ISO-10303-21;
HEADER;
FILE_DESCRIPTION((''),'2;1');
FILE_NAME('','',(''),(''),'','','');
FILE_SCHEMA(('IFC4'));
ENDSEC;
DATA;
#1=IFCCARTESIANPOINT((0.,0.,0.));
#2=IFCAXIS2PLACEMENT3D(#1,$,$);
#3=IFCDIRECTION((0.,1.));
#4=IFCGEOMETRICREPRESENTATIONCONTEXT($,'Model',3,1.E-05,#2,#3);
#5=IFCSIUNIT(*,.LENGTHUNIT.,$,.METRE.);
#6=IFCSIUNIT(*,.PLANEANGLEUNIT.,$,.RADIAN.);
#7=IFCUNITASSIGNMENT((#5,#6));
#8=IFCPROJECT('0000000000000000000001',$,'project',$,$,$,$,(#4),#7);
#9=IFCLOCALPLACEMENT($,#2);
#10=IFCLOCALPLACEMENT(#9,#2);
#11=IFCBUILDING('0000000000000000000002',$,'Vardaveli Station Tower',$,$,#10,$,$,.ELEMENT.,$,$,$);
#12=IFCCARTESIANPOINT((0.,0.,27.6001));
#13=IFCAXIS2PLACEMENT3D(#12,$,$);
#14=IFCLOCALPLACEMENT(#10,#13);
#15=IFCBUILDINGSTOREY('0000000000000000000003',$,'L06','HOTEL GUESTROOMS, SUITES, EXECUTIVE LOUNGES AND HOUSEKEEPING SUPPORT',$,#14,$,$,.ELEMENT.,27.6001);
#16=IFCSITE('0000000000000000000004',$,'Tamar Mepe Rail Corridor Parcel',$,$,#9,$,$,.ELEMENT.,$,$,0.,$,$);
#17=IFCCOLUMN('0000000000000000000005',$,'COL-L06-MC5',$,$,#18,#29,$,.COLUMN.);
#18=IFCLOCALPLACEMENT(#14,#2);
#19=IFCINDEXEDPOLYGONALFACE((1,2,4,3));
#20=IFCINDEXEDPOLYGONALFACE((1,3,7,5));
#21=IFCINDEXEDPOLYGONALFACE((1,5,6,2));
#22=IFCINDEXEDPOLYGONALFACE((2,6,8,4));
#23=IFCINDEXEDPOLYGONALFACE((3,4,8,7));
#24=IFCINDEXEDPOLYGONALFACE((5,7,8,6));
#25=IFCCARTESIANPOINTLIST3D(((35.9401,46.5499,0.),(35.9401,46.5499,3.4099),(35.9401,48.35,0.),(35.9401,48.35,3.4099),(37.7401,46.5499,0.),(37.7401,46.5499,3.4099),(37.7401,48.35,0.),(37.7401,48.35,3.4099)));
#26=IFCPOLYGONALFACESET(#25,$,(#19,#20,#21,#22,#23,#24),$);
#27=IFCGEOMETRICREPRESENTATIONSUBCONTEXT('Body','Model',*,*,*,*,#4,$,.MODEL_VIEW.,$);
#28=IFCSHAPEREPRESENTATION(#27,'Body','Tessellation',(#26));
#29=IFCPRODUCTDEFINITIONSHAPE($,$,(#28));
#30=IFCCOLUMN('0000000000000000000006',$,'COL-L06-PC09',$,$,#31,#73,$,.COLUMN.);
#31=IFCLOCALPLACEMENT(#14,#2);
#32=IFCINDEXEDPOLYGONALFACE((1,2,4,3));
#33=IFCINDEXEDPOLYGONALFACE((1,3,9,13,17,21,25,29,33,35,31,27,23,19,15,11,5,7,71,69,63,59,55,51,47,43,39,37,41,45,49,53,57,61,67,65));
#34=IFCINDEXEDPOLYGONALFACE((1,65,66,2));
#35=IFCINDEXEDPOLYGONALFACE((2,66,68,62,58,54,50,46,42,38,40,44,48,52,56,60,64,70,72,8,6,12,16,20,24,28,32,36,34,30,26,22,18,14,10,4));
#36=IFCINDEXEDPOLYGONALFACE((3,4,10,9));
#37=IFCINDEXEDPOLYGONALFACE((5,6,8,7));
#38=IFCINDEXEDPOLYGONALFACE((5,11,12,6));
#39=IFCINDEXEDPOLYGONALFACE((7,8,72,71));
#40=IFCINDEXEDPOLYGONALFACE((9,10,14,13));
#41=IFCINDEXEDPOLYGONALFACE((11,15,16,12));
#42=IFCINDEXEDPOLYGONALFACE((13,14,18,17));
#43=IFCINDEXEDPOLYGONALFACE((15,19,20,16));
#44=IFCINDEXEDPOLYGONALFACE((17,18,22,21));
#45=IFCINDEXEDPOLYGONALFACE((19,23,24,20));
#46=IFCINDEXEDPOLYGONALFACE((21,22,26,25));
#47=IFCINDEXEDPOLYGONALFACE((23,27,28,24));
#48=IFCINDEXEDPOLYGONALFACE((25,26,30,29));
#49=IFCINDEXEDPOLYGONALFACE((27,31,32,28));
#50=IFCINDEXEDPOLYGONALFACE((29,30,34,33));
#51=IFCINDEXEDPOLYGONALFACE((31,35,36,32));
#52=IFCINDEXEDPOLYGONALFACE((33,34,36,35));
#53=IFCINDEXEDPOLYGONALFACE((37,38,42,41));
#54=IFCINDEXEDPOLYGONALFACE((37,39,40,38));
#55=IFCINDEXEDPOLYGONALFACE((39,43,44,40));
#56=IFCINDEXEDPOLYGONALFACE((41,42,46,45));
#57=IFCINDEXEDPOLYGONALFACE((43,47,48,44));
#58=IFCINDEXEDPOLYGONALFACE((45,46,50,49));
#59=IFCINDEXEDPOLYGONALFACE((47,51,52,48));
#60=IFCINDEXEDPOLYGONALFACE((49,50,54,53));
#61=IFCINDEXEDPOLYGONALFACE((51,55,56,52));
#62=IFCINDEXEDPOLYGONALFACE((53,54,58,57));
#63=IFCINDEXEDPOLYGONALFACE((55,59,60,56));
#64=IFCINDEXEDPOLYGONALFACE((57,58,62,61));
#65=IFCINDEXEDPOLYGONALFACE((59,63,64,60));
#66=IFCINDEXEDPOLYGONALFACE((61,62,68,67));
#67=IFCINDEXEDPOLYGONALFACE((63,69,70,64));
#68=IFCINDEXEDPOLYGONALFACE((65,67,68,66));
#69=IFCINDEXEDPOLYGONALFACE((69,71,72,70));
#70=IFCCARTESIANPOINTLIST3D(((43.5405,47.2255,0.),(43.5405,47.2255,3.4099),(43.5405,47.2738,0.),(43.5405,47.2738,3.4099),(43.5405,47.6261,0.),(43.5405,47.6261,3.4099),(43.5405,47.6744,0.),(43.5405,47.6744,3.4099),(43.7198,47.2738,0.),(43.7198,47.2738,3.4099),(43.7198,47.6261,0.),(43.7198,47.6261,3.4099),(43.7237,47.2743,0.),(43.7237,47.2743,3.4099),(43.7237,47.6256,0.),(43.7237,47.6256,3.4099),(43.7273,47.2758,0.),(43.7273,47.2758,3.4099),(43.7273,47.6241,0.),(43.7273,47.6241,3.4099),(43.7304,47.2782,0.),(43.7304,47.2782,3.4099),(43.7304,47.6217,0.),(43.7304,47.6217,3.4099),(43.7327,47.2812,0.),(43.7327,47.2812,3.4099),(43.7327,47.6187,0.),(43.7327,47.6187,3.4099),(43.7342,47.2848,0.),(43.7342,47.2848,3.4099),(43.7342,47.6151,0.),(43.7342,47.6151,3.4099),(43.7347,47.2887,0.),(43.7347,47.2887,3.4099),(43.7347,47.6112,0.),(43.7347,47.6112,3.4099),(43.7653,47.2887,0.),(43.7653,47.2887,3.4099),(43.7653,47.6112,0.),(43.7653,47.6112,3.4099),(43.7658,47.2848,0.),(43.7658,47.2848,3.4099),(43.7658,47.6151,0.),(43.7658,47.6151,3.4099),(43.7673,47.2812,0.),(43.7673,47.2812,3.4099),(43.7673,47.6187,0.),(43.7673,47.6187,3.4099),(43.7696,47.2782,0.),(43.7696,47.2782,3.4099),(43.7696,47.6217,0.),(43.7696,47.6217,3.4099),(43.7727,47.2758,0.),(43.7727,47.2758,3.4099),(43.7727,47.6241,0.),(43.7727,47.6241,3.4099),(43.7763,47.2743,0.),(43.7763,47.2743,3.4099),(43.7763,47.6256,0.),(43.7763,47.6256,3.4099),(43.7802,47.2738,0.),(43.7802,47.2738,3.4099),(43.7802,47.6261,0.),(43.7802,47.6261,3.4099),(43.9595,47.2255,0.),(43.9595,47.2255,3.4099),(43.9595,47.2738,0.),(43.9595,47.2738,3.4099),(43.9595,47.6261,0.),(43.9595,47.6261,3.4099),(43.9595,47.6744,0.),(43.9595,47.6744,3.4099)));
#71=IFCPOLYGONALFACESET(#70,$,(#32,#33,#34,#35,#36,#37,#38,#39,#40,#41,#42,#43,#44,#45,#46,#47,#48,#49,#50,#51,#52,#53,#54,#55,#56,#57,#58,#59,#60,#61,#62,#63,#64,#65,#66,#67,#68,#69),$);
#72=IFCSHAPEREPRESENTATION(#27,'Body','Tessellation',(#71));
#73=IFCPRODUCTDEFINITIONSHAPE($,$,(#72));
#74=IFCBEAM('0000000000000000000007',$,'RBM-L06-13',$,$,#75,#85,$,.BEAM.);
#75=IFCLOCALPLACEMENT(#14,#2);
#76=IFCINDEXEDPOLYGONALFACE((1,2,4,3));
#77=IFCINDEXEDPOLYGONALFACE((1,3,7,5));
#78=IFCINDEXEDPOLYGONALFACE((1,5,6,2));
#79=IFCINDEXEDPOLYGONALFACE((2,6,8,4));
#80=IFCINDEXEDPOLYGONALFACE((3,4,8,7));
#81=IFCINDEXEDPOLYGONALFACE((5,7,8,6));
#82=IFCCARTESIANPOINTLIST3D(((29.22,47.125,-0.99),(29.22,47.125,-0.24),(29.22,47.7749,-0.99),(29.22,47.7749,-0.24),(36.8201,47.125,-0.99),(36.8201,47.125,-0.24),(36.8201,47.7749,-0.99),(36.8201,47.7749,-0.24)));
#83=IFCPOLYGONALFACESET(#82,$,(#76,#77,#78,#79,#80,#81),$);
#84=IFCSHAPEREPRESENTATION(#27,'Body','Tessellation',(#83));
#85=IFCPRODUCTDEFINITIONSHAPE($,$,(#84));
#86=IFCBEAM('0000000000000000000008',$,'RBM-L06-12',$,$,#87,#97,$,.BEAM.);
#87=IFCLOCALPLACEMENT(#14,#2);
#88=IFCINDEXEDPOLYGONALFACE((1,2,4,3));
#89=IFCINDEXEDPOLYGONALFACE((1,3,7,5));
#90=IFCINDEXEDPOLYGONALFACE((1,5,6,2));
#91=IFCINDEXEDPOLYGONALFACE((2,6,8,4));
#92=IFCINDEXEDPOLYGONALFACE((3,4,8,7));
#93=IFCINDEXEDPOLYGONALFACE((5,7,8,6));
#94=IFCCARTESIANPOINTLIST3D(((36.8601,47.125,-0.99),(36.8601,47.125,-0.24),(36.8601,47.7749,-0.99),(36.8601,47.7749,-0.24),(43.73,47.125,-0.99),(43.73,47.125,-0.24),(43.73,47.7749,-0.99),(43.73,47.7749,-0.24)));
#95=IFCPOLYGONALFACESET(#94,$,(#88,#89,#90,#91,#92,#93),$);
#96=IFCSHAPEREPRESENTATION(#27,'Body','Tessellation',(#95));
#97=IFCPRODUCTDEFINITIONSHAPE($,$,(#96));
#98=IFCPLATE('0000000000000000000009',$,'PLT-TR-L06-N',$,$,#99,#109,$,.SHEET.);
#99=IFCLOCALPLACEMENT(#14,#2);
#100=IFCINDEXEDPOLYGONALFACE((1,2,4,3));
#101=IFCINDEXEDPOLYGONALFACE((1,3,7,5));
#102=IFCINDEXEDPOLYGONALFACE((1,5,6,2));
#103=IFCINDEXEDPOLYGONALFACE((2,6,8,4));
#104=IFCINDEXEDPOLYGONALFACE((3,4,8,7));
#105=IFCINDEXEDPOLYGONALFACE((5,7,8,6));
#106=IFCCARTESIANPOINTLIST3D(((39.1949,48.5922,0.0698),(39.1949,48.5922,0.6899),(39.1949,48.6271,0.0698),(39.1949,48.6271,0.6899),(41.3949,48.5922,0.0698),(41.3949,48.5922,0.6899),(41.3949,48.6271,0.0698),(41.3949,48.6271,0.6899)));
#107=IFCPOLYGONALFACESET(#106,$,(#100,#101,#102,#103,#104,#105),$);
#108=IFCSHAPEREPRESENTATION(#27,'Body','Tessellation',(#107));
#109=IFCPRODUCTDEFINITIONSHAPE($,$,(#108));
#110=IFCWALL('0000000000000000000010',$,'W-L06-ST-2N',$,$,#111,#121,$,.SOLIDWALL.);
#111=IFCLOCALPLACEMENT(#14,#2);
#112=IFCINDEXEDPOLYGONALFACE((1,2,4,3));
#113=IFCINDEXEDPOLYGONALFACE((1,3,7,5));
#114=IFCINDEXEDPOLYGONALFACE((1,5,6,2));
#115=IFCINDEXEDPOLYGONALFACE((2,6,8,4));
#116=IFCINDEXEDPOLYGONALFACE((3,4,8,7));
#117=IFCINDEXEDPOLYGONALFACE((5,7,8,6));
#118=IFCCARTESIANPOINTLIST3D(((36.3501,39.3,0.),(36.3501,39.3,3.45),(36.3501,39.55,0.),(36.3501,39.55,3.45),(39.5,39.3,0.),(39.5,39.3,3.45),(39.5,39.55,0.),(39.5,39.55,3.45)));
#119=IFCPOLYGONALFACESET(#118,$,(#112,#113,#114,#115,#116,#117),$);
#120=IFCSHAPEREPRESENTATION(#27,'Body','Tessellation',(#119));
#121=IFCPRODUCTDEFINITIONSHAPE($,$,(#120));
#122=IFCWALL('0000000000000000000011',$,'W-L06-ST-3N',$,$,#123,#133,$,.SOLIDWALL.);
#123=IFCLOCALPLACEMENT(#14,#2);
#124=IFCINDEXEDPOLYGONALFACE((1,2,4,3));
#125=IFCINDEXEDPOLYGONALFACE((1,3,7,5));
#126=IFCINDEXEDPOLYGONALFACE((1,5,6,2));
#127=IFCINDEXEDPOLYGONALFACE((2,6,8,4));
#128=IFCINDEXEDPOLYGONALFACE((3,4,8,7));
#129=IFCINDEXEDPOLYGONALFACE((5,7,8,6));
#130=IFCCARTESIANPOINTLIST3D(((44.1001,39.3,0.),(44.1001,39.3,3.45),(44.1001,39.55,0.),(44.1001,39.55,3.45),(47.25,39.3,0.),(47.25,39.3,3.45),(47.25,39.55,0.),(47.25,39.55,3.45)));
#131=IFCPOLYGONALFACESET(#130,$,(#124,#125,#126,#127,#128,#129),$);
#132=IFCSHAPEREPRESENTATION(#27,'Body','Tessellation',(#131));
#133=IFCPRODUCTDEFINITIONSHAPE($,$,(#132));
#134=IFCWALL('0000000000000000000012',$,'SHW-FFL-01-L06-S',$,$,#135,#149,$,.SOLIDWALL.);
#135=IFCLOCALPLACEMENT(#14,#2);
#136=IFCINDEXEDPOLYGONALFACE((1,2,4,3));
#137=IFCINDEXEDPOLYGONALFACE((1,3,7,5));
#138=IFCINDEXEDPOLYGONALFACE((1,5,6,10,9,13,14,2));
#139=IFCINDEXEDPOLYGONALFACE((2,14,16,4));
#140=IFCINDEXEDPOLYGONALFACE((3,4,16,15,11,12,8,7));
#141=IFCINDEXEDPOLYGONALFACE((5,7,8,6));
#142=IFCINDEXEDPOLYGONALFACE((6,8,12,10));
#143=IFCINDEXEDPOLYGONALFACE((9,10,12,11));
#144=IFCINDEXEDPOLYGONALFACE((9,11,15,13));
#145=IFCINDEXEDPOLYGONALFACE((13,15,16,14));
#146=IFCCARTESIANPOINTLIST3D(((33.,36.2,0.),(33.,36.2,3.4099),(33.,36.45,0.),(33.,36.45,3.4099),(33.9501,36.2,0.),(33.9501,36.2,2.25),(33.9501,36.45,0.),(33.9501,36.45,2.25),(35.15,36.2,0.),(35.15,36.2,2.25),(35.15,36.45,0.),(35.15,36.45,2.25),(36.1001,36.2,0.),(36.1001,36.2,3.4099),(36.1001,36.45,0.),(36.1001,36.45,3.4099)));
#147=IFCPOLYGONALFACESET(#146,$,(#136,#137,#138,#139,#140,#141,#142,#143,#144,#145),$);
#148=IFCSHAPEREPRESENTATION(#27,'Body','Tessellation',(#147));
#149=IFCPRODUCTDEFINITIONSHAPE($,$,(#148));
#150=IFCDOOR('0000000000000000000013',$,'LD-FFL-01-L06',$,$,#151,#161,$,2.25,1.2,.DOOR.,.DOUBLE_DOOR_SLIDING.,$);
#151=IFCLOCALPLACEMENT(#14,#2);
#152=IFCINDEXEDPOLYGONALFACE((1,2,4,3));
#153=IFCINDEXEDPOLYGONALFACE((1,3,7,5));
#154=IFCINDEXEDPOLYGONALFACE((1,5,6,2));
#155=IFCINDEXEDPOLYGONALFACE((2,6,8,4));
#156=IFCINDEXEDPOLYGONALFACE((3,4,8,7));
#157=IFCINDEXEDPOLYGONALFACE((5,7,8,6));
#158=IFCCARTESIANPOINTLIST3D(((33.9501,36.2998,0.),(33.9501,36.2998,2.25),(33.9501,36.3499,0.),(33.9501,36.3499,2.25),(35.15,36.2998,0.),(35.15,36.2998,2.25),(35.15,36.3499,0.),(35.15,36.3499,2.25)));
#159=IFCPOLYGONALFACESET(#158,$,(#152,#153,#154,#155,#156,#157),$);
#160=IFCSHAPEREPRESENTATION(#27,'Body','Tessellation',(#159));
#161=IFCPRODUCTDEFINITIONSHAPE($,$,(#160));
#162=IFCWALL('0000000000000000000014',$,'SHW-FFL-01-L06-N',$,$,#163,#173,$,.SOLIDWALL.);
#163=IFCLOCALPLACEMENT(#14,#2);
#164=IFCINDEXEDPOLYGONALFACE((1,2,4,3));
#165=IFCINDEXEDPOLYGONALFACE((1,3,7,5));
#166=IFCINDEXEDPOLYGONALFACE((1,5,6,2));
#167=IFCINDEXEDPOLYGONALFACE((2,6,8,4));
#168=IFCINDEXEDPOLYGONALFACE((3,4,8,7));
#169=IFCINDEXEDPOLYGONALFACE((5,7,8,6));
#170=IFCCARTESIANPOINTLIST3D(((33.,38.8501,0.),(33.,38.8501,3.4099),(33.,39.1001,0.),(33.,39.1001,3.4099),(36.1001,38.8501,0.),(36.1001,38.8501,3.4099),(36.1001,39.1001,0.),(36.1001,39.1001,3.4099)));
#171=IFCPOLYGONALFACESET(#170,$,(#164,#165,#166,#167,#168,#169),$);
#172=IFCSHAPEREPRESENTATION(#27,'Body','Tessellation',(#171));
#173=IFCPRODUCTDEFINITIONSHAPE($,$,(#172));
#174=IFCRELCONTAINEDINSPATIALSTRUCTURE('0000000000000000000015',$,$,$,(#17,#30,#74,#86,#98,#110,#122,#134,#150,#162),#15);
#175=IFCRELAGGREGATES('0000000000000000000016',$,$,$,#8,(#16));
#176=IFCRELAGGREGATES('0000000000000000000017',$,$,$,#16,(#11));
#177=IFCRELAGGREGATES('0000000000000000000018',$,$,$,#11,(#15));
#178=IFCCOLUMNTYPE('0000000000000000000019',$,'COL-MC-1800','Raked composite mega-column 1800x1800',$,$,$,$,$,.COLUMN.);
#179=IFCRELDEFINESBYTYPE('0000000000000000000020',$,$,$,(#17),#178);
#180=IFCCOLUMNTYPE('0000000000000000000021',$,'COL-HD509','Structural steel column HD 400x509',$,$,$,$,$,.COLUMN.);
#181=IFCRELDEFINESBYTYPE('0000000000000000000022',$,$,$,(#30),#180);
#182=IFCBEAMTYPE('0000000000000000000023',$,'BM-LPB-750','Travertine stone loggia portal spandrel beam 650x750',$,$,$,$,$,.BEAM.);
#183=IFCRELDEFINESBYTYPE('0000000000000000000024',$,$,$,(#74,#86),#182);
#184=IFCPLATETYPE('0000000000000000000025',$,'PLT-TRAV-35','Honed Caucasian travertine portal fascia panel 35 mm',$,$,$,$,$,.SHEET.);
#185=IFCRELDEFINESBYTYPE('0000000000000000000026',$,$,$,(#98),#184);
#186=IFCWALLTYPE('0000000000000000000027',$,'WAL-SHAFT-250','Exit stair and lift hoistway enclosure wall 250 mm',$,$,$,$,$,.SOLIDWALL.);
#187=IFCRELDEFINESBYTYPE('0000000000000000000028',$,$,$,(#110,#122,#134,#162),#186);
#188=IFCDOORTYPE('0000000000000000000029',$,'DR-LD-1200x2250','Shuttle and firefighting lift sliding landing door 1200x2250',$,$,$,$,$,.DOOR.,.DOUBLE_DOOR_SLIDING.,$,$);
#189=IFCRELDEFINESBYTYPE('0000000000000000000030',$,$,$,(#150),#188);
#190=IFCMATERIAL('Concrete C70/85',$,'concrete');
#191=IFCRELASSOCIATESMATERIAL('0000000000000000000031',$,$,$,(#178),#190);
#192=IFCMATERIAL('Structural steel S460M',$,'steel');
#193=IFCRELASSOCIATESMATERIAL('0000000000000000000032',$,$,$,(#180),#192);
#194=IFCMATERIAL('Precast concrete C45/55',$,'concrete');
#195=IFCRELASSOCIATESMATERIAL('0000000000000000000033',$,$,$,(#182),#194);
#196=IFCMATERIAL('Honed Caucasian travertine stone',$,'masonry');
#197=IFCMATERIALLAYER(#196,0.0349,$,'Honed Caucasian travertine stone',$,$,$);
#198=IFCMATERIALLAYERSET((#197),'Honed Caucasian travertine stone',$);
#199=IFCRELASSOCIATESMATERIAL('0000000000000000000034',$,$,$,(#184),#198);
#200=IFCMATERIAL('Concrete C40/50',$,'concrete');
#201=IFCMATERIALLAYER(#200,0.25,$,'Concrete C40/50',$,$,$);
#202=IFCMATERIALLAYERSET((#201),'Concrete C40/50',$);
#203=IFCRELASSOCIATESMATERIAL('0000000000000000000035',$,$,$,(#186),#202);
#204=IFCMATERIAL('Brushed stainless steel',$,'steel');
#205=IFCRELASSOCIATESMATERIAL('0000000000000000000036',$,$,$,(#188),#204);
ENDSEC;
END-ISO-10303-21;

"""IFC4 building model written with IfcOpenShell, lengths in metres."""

from ifc_helpers import new_model, si_unit, direction, frame, frame_2d, origin, origin_2d, place, context, subcontext, project, spatial, rectangle, i_section, extrude, source, transform, mapped, material, layer, layer_set, material_profile, profile_set, type_object, element, fill, save


model = new_model("IFC4")

# Units and contexts
model_context = context("Model", 3, precision=1e-05, world=origin(), true_north=direction((0.0, 1.0)))
body_context = subcontext(model_context, "Body", "Model", "MODEL_VIEW")
ifc_project = project(units=[si_unit("LENGTHUNIT", "METRE"), si_unit("PLANEANGLEUNIT", "RADIAN")], contexts=[model_context])

# Site, building, storey
site_placement = place(None, origin())
site = spatial("IfcSite", under=ifc_project, at=site_placement, Name="Tamar Mepe Rail Corridor Parcel", CompositionType="ELEMENT", RefElevation=0.0)
building_placement = place(site_placement, origin())
building = spatial("IfcBuilding", under=site, at=building_placement, Name="Vardaveli Station Tower", CompositionType="ELEMENT")
storey_placement = place(building_placement, frame((0.0, 0.0, 27.6001)))
storey = spatial("IfcBuildingStorey", under=building, at=storey_placement, Name="L06", Description="HOTEL GUESTROOMS, SUITES, EXECUTIVE LOUNGES AND HOUSEKEEPING SUPPORT", CompositionType="ELEMENT", Elevation=27.6001)

# Columns
ifc_material_1 = material(Name="Concrete C70/85", Category="concrete")
ifc_material_profile_1 = material_profile(ifc_material_1, rectangle(XDim=1.8, YDim=1.8, at=origin_2d()), Name="MC 1800x1800")
ifc_profile_set_1 = profile_set([ifc_material_profile_1], Name="Concrete C70/85")
column_type_1 = type_object("IfcColumnType", Name="COL-MC-1800", Description="Raked composite mega-column 1800x1800", PredefinedType="COLUMN", material=ifc_profile_set_1)
shared_shape_1 = source(origin(), body_context, "Body", "SweptSolid", [
    extrude(rectangle(XDim=1.8, YDim=1.8, at=origin_2d()), origin(), (0.0, 0.0, 1.0), 3.4099),
])
column_1_placement = place(storey_placement, frame((36.8401, 47.45, 0.0), z_axis=(0.0, 0.0, 1.0), x_axis=(1.0, 0.0, 0.0)))
element("IfcColumn", 1, at=column_1_placement, inside=storey, type_object=column_type_1, Name="COL-L06-MC5", PredefinedType="COLUMN", context=body_context, shape_type="MappedRepresentation", body=[
    mapped(shared_shape_1, transform((0.0, 0.0, 0.0), scale=1.0)),
])
ifc_material_2 = material(Name="Structural steel S460M", Category="steel")
ifc_material_profile_2 = material_profile(ifc_material_2, i_section(OverallWidth=0.4189, OverallDepth=0.449, WebThickness=0.0305, FlangeThickness=0.0483, FilletRadius=0.0149, at=origin_2d()), Name="HD 400x509")
ifc_profile_set_2 = profile_set([ifc_material_profile_2], Name="Structural steel S460M")
column_type_2 = type_object("IfcColumnType", Name="COL-HD509", Description="Structural steel column HD 400x509", PredefinedType="COLUMN", material=ifc_profile_set_2)
shared_shape_2 = source(origin(), body_context, "Body", "SweptSolid", [
    extrude(i_section(OverallWidth=0.4189, OverallDepth=0.449, WebThickness=0.0305, FlangeThickness=0.0483, FilletRadius=0.0149, at=origin_2d()), origin(), (0.0, 0.0, 1.0), 3.4099),
])
column_2_placement = place(storey_placement, frame((43.75, 47.45, 0.0), z_axis=(0.0, 0.0, 1.0), x_axis=(1.0, 0.0, 0.0)))
element("IfcColumn", 2, at=column_2_placement, inside=storey, type_object=column_type_2, Name="COL-L06-PC09", PredefinedType="COLUMN", context=body_context, shape_type="MappedRepresentation", body=[
    mapped(shared_shape_2, transform((0.0, 0.0, 0.0), scale=1.0)),
])

# Beams
ifc_material_3 = material(Name="Precast concrete C45/55", Category="concrete")
ifc_material_profile_3 = material_profile(ifc_material_3, rectangle(XDim=0.6499, YDim=0.75, at=origin_2d()), Name="LPB 650x750")
ifc_profile_set_3 = profile_set([ifc_material_profile_3], Name="Precast concrete C45/55")
beam_type = type_object("IfcBeamType", Name="BM-LPB-750", Description="Travertine stone loggia portal spandrel beam 650x750", PredefinedType="BEAM", material=ifc_profile_set_3)
shared_shape_3 = source(origin(), body_context, "Body", "SweptSolid", [
    extrude(rectangle(XDim=0.6499, YDim=0.75, at=origin_2d()), origin(), (0.0, 0.0, 1.0), 7.6001),
])
beam_1_placement = place(storey_placement, frame((36.8201, 47.45, -0.615), z_axis=(-1.0, 0.0, 0.0), x_axis=(0.0, -1.0, 0.0)))
element("IfcBeam", 3, at=beam_1_placement, inside=storey, type_object=beam_type, Name="RBM-L06-13", PredefinedType="BEAM", context=body_context, shape_type="MappedRepresentation", body=[
    mapped(shared_shape_3, transform((0.0, 0.0, 0.0), scale=1.0)),
])
shared_shape_4 = source(origin(), body_context, "Body", "SweptSolid", [
    extrude(rectangle(XDim=0.6499, YDim=0.75, at=origin_2d()), origin(), (0.0, 0.0, 1.0), 6.8699),
])
beam_2_placement = place(storey_placement, frame((43.73, 47.45, -0.615), z_axis=(-1.0, 0.0, 0.0), x_axis=(0.0, -1.0, 0.0)))
element("IfcBeam", 4, at=beam_2_placement, inside=storey, type_object=beam_type, Name="RBM-L06-12", PredefinedType="BEAM", context=body_context, shape_type="MappedRepresentation", body=[
    mapped(shared_shape_4, transform((0.0, 0.0, 0.0), scale=1.0)),
])

# Plate
ifc_material_4 = material(Name="Honed Caucasian travertine stone", Category="masonry")
ifc_layer_1 = layer(ifc_material_4, 0.0349, Name="Honed Caucasian travertine stone")
ifc_layer_set_1 = layer_set([ifc_layer_1], Name="Honed Caucasian travertine stone")
plate_type = type_object("IfcPlateType", Name="PLT-TRAV-35", Description="Honed Caucasian travertine portal fascia panel 35 mm", PredefinedType="SHEET", material=ifc_layer_set_1)
shared_shape_5 = source(origin(), body_context, "Body", "SweptSolid", [
    extrude(rectangle(XDim=2.2, YDim=0.0349, at=origin_2d()), origin(), (0.0, 0.0, 1.0), 0.6201),
])
plate_placement = place(storey_placement, frame((40.2949, 48.6096, 0.0698), z_axis=(0.0, 0.0, 1.0), x_axis=(1.0, 0.0, 0.0)))
element("IfcPlate", 5, at=plate_placement, inside=storey, type_object=plate_type, Name="PLT-TR-L06-N", PredefinedType="SHEET", context=body_context, shape_type="MappedRepresentation", body=[
    mapped(shared_shape_5, transform((0.0, 0.0, 0.0), scale=1.0)),
])

# Walls
ifc_material_5 = material(Name="Concrete C40/50", Category="concrete")
ifc_layer_2 = layer(ifc_material_5, 0.25, Name="Concrete C40/50")
ifc_layer_set_2 = layer_set([ifc_layer_2], Name="Concrete C40/50")
wall_type_1 = type_object("IfcWallType", Name="WAL-SHAFT-250", Description="Exit stair and lift hoistway enclosure wall 250 mm", PredefinedType="SOLIDWALL", material=ifc_layer_set_2)
shared_shape_6 = source(origin(), body_context, "Body", "SweptSolid", [
    extrude(rectangle(XDim=3.1499, YDim=0.25, at=frame_2d((1.575, 0.0))), origin(), (0.0, 0.0, 1.0), 3.45),
])
for number, where, z_axis, x_axis, name in (
    (6, (36.3501, 39.425, 0.0), (0.0, 0.0, 1.0), (1.0, 0.0, 0.0), "W-L06-ST-2N"),
    (7, (44.1001, 39.425, 0.0), (0.0, 0.0, 1.0), (1.0, 0.0, 0.0), "W-L06-ST-3N"),
):
    element("IfcWall", number, at=place(storey_placement, frame(where, z_axis=z_axis, x_axis=x_axis)), inside=storey, type_object=wall_type_1, Name=name, PredefinedType="SOLIDWALL", context=body_context, shape_type="MappedRepresentation", body=[
        mapped(shared_shape_6, transform((0.0, 0.0, 0.0), scale=1.0)),
    ])

# Wall, opening, door
shared_shape_7 = source(origin(), body_context, "Body", "SweptSolid", [
    extrude(rectangle(XDim=3.1001, YDim=0.25, at=frame_2d((1.55, 0.0))), origin(), (0.0, 0.0, 1.0), 3.4099),
])
wall_1_placement = place(storey_placement, frame((33.0, 36.325, 0.0), z_axis=(0.0, 0.0, 1.0), x_axis=(1.0, 0.0, 0.0)))
wall_1 = element("IfcWall", 8, at=wall_1_placement, inside=storey, type_object=wall_type_1, Name="SHW-FFL-01-L06-S", PredefinedType="SOLIDWALL", context=body_context, shape_type="MappedRepresentation", body=[
    mapped(shared_shape_7, transform((0.0, 0.0, 0.0), scale=1.0)),
])
shared_shape_8 = source(origin(), body_context, "Body", "SweptSolid", [
    extrude(rectangle(XDim=1.2, YDim=2.25, at=frame_2d((0.6001, 1.125))), frame((0.0, 0.135, 0.0), z_axis=(0.0, -1.0, 0.0), x_axis=(1.0, 0.0, 0.0)), (0.0, 0.0, 1.0), 0.27),
])
opening_1_placement = place(wall_1_placement, frame((0.95, 0.0, 0.0)))
opening_1 = element("IfcOpeningElement", 9, at=opening_1_placement, cuts=wall_1, PredefinedType="OPENING", context=body_context, shape_type="MappedRepresentation", body=[
    mapped(shared_shape_8, transform((0.0, 0.0, 0.0), scale=1.0)),
])
ifc_material_6 = material(Name="Brushed stainless steel", Category="steel")
door_type = type_object("IfcDoorType", Name="DR-LD-1200x2250", Description="Shuttle and firefighting lift sliding landing door 1200x2250", OperationType="DOUBLE_DOOR_SLIDING", PredefinedType="DOOR", material=ifc_material_6)
shared_shape_9 = source(origin(), body_context, "Body", "SweptSolid", [
    extrude(rectangle(XDim=1.2, YDim=2.25, at=frame_2d((0.6001, 1.125))), frame((0.0, 0.0249, 0.0), z_axis=(0.0, -1.0, 0.0), x_axis=(1.0, 0.0, 0.0)), (0.0, 0.0, 1.0), 0.05),
])
door_1_placement = place(opening_1_placement, origin())
door_1 = element("IfcDoor", 10, at=door_1_placement, inside=storey, type_object=door_type, Name="LD-FFL-01-L06", OperationType="DOUBLE_DOOR_SLIDING", OverallHeight=2.25, OverallWidth=1.2, PredefinedType="DOOR", context=body_context, shape_type="MappedRepresentation", body=[
    mapped(shared_shape_9, transform((0.0, 0.0, 0.0), scale=1.0)),
])
fill(opening_1, door_1)

# Wall
wall_2_placement = place(storey_placement, frame((33.0, 38.9751, 0.0), z_axis=(0.0, 0.0, 1.0), x_axis=(1.0, 0.0, 0.0)))
element("IfcWall", 11, at=wall_2_placement, inside=storey, type_object=wall_type_1, Name="SHW-FFL-01-L06-N", PredefinedType="SOLIDWALL", context=body_context, shape_type="MappedRepresentation", body=[
    mapped(shared_shape_7, transform((0.0, 0.0, 0.0), scale=1.0)),
])

save(model, "model.ifc")
